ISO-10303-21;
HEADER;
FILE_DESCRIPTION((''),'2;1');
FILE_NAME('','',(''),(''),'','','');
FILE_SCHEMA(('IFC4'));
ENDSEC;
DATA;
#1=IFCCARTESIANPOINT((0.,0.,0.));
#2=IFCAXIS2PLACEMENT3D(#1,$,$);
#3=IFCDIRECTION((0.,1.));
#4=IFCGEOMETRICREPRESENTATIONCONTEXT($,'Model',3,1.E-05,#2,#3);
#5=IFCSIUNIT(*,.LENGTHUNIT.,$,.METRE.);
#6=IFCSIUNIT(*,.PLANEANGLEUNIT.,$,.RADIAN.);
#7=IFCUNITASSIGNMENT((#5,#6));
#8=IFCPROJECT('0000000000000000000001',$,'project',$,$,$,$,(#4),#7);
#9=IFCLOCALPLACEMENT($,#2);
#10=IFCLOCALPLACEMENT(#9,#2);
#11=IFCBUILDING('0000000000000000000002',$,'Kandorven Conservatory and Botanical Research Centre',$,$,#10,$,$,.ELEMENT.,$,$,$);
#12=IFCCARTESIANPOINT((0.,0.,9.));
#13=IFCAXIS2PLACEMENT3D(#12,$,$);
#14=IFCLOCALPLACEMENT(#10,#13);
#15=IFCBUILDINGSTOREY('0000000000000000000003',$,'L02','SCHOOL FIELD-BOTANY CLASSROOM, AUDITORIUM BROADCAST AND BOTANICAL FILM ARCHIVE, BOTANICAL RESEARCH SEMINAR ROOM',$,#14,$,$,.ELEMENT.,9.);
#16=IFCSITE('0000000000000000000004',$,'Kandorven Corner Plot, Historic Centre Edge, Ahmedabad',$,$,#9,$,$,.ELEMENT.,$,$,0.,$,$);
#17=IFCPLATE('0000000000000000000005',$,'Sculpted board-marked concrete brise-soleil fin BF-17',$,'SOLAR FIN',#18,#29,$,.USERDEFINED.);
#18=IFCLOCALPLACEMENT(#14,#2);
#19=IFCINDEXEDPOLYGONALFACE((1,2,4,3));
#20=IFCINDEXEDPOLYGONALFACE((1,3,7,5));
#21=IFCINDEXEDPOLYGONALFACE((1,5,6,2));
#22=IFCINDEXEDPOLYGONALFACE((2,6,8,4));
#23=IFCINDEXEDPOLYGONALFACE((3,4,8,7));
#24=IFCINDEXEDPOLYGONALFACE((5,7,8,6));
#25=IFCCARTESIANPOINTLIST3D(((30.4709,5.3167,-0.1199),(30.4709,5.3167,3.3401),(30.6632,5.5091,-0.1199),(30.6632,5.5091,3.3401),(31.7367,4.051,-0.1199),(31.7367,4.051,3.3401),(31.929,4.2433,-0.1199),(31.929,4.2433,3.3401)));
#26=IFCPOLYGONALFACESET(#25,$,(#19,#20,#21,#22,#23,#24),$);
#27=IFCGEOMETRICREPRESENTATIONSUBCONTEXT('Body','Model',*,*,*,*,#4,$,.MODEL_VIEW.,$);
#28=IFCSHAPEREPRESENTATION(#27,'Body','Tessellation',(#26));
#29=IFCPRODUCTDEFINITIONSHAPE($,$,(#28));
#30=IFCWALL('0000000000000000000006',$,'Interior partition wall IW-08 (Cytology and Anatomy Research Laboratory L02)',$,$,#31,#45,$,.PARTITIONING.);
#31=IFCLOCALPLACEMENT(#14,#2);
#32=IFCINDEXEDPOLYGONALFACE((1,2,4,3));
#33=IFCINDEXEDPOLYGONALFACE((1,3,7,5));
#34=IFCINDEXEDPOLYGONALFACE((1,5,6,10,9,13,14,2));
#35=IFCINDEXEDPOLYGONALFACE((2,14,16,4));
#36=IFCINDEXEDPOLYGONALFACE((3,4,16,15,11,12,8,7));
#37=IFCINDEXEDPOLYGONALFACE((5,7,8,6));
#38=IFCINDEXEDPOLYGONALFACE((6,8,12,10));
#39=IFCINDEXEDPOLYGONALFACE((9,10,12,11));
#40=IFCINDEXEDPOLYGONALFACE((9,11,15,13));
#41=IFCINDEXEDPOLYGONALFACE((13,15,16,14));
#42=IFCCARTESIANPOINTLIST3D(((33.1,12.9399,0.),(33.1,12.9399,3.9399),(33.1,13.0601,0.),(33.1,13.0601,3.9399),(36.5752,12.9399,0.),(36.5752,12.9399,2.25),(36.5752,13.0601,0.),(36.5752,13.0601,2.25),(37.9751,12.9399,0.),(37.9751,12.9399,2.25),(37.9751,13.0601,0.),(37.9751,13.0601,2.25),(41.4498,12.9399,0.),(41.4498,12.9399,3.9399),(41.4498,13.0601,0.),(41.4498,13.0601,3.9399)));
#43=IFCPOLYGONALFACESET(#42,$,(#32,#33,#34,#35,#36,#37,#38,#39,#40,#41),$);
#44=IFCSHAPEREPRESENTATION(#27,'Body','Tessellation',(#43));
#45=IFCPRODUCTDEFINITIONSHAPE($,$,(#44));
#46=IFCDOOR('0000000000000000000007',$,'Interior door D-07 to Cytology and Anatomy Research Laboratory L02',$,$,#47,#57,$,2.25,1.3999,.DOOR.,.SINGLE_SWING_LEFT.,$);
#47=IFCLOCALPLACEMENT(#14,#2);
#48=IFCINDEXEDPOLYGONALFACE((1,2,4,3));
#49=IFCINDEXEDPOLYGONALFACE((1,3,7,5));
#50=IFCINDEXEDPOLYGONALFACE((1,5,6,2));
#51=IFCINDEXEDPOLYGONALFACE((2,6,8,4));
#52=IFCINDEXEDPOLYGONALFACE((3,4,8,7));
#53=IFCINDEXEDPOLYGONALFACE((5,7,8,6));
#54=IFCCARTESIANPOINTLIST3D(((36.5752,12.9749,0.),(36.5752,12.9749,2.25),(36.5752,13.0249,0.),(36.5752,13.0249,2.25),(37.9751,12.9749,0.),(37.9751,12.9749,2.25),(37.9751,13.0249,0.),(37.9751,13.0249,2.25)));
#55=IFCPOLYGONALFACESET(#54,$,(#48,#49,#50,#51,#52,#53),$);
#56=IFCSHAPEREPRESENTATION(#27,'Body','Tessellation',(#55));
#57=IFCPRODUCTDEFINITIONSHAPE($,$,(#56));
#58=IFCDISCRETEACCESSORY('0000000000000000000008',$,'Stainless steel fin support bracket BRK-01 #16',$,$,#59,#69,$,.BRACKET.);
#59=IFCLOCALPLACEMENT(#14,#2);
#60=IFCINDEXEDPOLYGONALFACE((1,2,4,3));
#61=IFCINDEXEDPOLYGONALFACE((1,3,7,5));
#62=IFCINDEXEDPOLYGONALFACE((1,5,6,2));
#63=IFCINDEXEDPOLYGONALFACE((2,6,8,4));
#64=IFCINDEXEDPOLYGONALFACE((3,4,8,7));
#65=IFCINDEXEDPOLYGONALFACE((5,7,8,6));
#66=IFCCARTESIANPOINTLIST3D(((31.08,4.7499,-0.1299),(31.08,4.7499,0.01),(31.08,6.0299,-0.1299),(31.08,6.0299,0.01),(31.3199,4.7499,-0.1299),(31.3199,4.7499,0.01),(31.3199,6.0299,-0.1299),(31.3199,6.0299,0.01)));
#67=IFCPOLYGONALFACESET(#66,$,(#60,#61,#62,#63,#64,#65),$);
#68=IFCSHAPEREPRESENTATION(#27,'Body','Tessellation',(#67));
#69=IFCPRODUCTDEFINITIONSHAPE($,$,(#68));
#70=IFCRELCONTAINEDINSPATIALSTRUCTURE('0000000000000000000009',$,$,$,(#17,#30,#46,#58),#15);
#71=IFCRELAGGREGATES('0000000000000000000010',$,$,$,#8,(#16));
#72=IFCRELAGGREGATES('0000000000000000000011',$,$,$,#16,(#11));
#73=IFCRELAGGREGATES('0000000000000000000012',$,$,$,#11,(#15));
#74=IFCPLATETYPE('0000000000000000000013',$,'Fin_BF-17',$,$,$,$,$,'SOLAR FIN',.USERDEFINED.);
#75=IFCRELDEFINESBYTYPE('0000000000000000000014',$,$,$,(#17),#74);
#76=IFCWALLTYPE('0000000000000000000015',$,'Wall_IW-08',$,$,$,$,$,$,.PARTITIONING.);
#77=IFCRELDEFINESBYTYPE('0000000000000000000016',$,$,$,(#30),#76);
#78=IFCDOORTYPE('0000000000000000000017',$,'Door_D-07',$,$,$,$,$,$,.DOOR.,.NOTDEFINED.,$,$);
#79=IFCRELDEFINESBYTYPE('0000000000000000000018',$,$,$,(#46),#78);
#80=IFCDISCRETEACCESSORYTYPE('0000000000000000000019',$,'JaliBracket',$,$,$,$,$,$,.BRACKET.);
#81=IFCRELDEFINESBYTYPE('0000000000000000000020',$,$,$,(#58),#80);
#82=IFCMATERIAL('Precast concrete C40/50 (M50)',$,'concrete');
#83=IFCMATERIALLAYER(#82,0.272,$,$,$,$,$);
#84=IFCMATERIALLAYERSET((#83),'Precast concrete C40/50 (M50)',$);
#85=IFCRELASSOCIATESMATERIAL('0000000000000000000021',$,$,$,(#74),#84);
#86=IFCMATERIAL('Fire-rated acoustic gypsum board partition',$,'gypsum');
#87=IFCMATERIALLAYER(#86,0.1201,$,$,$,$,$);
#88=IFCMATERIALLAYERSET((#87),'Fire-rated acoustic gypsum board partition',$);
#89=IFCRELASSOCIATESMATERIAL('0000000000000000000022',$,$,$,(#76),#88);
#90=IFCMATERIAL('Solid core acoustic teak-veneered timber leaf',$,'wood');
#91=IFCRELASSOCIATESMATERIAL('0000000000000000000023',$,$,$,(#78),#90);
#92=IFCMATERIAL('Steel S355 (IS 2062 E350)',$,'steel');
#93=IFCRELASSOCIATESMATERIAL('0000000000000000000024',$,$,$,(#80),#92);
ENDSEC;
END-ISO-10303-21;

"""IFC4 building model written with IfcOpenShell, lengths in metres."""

from ifc_helpers import new_model, si_unit, direction, frame, frame_2d, origin, origin_2d, place, context, subcontext, project, spatial, rectangle, extrude, material, layer, layer_set, type_object, element, fill, save


model = new_model("IFC4")

# Units and contexts
model_context = context("Model", 3, precision=1e-05, world=origin(), true_north=direction((0.0, 1.0)))
body_context = subcontext(model_context, "Body", "Model", "MODEL_VIEW")
ifc_project = project(units=[si_unit("LENGTHUNIT", "METRE"), si_unit("PLANEANGLEUNIT", "RADIAN")], contexts=[model_context])

# Site, building, storey
site_placement = place(None, origin())
site = spatial("IfcSite", under=ifc_project, at=site_placement, Name="Kandorven Corner Plot, Historic Centre Edge, Ahmedabad", CompositionType="ELEMENT", RefElevation=0.0)
building_placement = place(site_placement, origin())
building = spatial("IfcBuilding", under=site, at=building_placement, Name="Kandorven Conservatory and Botanical Research Centre", CompositionType="ELEMENT")
storey_placement = place(building_placement, frame((0.0, 0.0, 9.0)))
storey = spatial("IfcBuildingStorey", under=building, at=storey_placement, Name="L02", Description="SCHOOL FIELD-BOTANY CLASSROOM, AUDITORIUM BROADCAST AND BOTANICAL FILM ARCHIVE, BOTANICAL RESEARCH SEMINAR ROOM", CompositionType="ELEMENT", Elevation=9.0)

# Plate
ifc_material_1 = material(Name="Precast concrete C40/50 (M50)", Category="concrete")
ifc_layer_1 = layer(ifc_material_1, 0.272)
ifc_layer_set_1 = layer_set([ifc_layer_1], Name="Precast concrete C40/50 (M50)")
plate_type_1 = type_object("IfcPlateType", Name="Fin_BF-17", ElementType="SOLAR FIN", PredefinedType="USERDEFINED", material=ifc_layer_set_1)
plate_1_placement = place(storey_placement, frame((31.2, 4.78, -0.1199), z_axis=(0.0, 0.0, 1.0), x_axis=(-0.707107, 0.707107, 0.0)))
element("IfcPlate", 1, at=plate_1_placement, inside=storey, type_object=plate_type_1, Name="Sculpted board-marked concrete brise-soleil fin BF-17", ObjectType="SOLAR FIN", PredefinedType="USERDEFINED", context=body_context, shape_type="SweptSolid", body=[
    extrude(rectangle(XDim=1.79, YDim=0.272, at=origin_2d()), origin(), (0.0, 0.0, 1.0), 3.46),
])

# Wall, opening, door
ifc_material_2 = material(Name="Fire-rated acoustic gypsum board partition", Category="gypsum")
ifc_layer_2 = layer(ifc_material_2, 0.1201)
ifc_layer_set_2 = layer_set([ifc_layer_2], Name="Fire-rated acoustic gypsum board partition")
wall_type = type_object("IfcWallType", Name="Wall_IW-08", PredefinedType="PARTITIONING", material=ifc_layer_set_2)
wall_placement = place(storey_placement, frame((33.1001, 13.0, 0.0), z_axis=(0.0, 0.0, 1.0), x_axis=(1.0, 0.0, 0.0)))
wall = element("IfcWall", 2, at=wall_placement, inside=storey, type_object=wall_type, Name="Interior partition wall IW-08 (Cytology and Anatomy Research Laboratory L02)", PredefinedType="PARTITIONING", context=body_context, shape_type="SweptSolid", body=[
    extrude(rectangle(XDim=8.3499, YDim=0.1201, at=frame_2d((4.1748, 0.0))), origin(), (0.0, 0.0, 1.0), 3.9399),
])
opening_placement = place(wall_placement, frame((3.4751, 0.0, 0.0)))
opening = element("IfcOpeningElement", 3, at=opening_placement, cuts=wall, PredefinedType="OPENING", context=body_context, shape_type="SweptSolid", body=[
    extrude(rectangle(XDim=1.3999, YDim=2.25, at=frame_2d((0.7, 1.125))), frame((0.0, 0.0701, 0.0), z_axis=(0.0, -1.0, 0.0), x_axis=(1.0, 0.0, 0.0)), (0.0, 0.0, 1.0), 0.1401),
])
ifc_material_3 = material(Name="Solid core acoustic teak-veneered timber leaf", Category="wood")
door_type = type_object("IfcDoorType", Name="Door_D-07", OperationType="NOTDEFINED", PredefinedType="DOOR", material=ifc_material_3)
door_placement = place(opening_placement, origin())
door = element("IfcDoor", 4, at=door_placement, inside=storey, type_object=door_type, Name="Interior door D-07 to Cytology and Anatomy Research Laboratory L02", OperationType="SINGLE_SWING_LEFT", OverallHeight=2.25, OverallWidth=1.3999, PredefinedType="DOOR", context=body_context, shape_type="SweptSolid", body=[
    extrude(rectangle(XDim=1.3999, YDim=2.25, at=frame_2d((0.7, 1.125))), frame((0.0, 0.0249, 0.0), z_axis=(0.0, -1.0, 0.0), x_axis=(1.0, 0.0, 0.0)), (0.0, 0.0, 1.0), 0.05),
])
fill(opening, door)

# Discrete accessory
ifc_material_4 = material(Name="Steel S355 (IS 2062 E350)", Category="steel")
discrete_accessory_type = type_object("IfcDiscreteAccessoryType", Name="JaliBracket", PredefinedType="BRACKET", material=ifc_material_4)
discrete_accessory_placement = place(storey_placement, frame((31.2, 5.3899, -0.1299), z_axis=(0.0, 0.0, 1.0), x_axis=(1.0, 0.0, 0.0)))
element("IfcDiscreteAccessory", 5, at=discrete_accessory_placement, inside=storey, type_object=discrete_accessory_type, Name="Stainless steel fin support bracket BRK-01 #16", PredefinedType="BRACKET", context=body_context, shape_type="SweptSolid", body=[
    extrude(rectangle(XDim=0.24, YDim=1.28, at=origin_2d()), origin(), (0.0, 0.0, 1.0), 0.1399),
])

save(model, "model.ifc")
